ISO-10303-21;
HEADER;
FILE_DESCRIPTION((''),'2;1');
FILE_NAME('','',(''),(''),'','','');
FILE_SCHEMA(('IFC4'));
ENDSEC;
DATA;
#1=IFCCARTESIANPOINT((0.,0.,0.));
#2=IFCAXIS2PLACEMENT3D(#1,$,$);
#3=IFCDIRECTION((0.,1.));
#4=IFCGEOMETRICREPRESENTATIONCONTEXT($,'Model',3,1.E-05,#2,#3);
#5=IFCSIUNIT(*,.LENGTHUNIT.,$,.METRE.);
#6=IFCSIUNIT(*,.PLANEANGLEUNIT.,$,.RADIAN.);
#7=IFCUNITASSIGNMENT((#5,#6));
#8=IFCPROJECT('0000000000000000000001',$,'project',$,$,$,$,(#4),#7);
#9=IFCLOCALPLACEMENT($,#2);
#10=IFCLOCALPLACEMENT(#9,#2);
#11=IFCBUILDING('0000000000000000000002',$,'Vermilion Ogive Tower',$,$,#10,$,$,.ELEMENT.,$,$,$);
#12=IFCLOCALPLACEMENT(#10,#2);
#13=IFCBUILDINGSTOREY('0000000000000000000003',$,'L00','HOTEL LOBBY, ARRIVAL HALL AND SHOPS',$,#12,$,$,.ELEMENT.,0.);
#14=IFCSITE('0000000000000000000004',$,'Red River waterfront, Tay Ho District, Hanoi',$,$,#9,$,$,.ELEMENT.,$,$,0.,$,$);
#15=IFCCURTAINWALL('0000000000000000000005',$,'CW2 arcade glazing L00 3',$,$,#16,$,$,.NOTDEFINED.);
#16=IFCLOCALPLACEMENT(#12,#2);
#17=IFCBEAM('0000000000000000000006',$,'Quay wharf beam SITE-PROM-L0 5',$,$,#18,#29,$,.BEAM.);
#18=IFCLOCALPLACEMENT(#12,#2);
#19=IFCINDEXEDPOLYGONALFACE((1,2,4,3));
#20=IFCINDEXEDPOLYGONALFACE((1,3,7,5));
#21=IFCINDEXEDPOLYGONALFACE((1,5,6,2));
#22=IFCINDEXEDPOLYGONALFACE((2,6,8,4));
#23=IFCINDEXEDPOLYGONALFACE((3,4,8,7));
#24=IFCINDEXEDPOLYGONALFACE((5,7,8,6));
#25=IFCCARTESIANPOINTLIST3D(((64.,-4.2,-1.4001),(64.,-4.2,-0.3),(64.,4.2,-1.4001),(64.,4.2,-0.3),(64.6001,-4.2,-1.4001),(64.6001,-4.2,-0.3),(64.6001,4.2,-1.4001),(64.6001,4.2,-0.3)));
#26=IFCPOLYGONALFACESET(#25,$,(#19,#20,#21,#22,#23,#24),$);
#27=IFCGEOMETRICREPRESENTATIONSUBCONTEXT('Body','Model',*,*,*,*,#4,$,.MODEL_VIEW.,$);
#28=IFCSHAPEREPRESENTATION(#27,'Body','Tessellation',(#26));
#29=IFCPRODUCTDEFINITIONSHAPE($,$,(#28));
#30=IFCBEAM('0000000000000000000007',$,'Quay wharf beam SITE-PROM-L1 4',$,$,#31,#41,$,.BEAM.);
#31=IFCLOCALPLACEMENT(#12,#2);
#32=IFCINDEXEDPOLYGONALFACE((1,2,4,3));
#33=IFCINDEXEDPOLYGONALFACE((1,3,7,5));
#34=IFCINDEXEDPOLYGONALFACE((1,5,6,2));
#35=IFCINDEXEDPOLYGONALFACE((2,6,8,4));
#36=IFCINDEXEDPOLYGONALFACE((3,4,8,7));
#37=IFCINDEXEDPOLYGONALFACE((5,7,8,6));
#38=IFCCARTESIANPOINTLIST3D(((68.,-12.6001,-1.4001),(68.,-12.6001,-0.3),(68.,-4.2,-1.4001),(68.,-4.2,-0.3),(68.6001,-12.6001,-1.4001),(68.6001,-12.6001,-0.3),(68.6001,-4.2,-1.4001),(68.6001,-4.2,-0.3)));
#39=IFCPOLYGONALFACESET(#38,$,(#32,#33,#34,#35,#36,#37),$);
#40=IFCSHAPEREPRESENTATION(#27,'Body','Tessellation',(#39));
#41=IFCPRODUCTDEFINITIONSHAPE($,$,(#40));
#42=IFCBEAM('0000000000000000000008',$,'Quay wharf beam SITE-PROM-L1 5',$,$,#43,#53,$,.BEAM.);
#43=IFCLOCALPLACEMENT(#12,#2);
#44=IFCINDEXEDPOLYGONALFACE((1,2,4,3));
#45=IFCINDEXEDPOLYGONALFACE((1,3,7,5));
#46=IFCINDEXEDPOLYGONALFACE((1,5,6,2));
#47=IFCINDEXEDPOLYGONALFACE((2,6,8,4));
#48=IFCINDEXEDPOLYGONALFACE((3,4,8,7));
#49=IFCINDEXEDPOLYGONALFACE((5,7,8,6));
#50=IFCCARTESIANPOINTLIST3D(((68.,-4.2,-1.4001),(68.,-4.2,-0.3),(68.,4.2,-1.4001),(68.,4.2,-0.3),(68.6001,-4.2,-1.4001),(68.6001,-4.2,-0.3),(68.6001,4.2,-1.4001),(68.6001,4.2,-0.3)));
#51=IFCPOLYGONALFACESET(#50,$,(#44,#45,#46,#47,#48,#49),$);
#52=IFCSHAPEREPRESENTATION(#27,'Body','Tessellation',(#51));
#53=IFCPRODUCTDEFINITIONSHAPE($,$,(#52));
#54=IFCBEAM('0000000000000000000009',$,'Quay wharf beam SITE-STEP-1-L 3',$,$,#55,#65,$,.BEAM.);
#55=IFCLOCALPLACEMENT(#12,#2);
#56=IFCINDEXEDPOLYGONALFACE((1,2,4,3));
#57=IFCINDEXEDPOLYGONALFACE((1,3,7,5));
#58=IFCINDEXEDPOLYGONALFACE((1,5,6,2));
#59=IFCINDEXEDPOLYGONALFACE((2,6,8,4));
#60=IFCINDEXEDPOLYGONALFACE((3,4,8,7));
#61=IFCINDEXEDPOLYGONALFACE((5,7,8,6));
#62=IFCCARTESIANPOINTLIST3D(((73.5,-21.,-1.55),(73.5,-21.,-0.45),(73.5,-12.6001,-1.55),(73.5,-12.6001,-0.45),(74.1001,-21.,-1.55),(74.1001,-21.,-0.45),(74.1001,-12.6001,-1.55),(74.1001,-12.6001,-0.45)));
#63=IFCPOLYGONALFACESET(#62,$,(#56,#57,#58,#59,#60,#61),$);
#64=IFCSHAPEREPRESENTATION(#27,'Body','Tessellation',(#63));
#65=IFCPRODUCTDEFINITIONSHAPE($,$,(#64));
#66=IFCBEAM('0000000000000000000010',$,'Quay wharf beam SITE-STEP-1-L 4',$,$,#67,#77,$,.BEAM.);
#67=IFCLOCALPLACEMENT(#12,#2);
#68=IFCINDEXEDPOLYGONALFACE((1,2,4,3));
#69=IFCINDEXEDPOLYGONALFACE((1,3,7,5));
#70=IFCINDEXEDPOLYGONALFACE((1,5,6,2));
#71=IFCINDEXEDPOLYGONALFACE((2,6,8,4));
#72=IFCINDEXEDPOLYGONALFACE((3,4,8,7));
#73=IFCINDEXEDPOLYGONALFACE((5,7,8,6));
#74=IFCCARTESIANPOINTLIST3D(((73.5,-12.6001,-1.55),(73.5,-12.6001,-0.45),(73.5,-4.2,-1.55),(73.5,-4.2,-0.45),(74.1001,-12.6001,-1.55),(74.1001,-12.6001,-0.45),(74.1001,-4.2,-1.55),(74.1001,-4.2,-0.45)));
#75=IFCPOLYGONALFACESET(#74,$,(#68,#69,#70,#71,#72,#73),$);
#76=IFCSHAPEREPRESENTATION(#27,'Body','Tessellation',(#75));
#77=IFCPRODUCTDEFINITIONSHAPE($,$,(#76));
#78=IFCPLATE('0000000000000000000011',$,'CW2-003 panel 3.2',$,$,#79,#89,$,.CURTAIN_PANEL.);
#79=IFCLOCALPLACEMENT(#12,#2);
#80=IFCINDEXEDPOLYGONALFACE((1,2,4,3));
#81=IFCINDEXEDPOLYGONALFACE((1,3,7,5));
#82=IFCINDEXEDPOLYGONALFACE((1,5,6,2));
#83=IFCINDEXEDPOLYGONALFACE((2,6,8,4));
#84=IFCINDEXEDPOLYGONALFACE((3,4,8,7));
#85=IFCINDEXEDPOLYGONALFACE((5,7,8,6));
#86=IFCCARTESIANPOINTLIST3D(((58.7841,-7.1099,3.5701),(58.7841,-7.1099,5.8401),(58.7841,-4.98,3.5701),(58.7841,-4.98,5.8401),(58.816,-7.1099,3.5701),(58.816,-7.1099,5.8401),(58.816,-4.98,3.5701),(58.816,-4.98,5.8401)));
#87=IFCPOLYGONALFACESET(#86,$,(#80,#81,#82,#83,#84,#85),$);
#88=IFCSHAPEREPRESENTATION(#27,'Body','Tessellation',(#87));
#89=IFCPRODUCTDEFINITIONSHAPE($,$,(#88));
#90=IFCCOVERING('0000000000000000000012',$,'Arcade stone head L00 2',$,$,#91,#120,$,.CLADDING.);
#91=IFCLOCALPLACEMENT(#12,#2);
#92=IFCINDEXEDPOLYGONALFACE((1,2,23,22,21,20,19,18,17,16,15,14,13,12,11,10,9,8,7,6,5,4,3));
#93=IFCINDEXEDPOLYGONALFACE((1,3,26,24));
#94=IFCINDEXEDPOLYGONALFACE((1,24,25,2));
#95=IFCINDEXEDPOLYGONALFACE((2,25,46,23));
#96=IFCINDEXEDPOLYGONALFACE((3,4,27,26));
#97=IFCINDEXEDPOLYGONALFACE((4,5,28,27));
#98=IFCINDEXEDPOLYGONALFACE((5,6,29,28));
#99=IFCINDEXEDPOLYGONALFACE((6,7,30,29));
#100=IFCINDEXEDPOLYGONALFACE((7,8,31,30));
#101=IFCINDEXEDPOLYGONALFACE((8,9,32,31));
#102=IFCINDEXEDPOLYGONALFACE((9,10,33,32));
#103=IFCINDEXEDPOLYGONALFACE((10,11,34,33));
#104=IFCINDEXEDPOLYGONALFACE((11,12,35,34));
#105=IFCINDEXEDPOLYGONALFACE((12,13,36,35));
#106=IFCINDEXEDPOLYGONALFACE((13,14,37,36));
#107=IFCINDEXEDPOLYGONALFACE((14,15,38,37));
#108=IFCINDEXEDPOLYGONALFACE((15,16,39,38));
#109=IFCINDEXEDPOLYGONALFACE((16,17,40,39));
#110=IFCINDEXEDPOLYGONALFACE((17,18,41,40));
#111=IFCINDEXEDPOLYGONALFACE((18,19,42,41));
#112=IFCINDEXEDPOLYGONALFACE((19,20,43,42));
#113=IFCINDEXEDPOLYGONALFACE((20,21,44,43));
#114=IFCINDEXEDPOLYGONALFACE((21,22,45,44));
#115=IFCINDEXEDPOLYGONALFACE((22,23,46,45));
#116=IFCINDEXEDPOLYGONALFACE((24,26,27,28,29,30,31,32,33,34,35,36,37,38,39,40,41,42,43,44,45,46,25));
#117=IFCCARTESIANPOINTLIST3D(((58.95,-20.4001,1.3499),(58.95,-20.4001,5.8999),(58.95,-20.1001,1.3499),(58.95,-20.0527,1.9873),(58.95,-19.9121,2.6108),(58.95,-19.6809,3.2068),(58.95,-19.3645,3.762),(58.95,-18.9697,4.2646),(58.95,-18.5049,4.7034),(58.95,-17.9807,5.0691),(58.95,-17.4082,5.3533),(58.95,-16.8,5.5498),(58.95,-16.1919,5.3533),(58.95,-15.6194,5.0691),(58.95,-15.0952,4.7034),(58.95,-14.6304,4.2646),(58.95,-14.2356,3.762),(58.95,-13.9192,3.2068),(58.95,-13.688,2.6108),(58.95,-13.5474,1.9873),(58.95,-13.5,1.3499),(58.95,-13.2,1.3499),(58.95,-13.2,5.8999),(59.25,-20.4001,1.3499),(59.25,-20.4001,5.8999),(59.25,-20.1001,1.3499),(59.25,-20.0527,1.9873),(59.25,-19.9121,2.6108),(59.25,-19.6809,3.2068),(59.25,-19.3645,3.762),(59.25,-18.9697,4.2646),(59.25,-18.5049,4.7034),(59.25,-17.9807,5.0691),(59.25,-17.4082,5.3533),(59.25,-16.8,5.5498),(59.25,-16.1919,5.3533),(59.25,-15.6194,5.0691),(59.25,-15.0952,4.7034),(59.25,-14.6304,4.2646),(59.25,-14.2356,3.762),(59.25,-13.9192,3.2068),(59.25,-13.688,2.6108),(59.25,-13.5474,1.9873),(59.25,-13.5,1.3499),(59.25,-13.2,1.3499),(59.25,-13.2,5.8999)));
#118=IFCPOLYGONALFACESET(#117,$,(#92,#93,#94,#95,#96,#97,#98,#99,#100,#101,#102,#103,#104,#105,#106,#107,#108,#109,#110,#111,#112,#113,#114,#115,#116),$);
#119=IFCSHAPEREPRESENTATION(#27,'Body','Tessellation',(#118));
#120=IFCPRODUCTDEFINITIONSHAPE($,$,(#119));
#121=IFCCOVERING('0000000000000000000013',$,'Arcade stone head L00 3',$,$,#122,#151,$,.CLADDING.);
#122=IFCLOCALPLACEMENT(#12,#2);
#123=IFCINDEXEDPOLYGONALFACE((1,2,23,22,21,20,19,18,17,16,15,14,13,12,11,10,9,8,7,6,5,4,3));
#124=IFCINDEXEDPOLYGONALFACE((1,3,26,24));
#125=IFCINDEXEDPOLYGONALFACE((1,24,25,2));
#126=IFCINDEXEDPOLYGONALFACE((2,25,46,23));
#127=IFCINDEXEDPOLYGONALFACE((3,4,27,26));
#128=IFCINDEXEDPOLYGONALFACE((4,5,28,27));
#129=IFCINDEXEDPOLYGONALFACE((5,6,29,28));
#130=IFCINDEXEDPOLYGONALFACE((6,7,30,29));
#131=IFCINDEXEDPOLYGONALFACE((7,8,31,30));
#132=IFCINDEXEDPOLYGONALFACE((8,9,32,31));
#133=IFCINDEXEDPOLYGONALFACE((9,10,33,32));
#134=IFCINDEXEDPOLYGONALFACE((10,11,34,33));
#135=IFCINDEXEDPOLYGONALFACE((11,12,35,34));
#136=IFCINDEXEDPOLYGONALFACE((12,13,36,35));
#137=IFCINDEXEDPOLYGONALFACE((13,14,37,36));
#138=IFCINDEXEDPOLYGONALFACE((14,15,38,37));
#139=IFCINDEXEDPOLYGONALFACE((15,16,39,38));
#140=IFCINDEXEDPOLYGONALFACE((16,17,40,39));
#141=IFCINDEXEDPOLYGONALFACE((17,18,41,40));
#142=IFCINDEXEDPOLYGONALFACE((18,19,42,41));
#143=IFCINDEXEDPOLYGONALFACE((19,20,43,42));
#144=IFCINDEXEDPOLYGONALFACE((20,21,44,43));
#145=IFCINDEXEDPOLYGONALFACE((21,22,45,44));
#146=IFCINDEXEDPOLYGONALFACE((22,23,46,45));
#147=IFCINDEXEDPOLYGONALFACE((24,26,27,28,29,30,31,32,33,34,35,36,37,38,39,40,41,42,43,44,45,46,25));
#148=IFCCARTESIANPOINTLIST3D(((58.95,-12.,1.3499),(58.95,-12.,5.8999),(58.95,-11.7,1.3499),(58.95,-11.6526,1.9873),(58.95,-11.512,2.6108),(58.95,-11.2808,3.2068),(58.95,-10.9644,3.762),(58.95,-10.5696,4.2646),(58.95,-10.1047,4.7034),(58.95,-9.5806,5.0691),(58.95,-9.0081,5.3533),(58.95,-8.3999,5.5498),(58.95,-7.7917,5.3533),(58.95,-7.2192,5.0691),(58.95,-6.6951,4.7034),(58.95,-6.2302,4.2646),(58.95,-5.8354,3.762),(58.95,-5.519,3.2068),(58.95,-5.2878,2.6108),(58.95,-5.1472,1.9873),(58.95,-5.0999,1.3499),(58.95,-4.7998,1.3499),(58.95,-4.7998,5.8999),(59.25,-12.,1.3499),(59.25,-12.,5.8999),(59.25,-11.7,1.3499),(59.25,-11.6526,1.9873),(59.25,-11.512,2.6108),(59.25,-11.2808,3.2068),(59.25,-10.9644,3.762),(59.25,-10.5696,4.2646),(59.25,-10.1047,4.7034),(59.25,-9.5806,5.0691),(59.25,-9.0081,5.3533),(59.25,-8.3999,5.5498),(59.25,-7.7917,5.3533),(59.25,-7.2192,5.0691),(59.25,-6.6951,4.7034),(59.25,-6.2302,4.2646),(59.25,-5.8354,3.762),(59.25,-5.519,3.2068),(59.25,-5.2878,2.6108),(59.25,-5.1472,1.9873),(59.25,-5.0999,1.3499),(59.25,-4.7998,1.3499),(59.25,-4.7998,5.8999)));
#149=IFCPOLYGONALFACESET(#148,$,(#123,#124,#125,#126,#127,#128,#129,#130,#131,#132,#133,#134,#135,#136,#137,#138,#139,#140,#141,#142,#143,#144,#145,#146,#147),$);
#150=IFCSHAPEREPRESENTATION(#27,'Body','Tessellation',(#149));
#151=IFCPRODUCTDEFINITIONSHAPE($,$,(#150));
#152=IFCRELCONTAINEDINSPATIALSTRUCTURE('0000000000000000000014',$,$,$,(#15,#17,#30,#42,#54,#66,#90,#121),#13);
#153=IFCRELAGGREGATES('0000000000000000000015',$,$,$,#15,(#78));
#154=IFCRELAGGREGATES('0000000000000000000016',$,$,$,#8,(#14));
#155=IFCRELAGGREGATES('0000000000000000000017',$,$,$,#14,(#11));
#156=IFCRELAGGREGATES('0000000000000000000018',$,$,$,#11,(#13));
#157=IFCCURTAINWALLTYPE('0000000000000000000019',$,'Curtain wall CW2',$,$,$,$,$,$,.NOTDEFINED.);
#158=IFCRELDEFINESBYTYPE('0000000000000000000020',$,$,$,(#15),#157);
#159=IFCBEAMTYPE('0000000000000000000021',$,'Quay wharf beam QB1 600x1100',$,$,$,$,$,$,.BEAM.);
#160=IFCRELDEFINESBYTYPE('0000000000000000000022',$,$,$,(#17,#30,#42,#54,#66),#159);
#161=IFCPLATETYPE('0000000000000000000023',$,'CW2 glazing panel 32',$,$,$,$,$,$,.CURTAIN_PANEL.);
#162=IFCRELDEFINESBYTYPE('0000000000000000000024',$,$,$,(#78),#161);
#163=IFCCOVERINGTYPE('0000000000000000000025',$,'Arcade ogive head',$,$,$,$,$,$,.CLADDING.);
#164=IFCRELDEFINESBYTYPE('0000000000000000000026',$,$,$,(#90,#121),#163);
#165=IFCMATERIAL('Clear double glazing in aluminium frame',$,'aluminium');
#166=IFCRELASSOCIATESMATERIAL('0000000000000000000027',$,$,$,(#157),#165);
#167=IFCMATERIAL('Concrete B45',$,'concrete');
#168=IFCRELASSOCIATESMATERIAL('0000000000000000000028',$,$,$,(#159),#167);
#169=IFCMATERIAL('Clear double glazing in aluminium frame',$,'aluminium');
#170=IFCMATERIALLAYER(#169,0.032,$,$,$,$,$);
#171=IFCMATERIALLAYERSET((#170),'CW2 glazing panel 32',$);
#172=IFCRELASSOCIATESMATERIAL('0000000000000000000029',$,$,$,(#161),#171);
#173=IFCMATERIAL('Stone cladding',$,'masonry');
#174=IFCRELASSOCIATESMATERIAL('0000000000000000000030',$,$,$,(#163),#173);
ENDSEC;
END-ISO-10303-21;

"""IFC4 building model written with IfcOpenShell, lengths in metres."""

from ifc_helpers import new_model, si_unit, direction, frame, origin, origin_2d, place, context, subcontext, project, spatial, polyline, rectangle, outline, extrude, material, layer, layer_set, material_profile, profile_set, type_object, element, aggregate, save


model = new_model("IFC4")

# Units and contexts
model_context = context("Model", 3, precision=1e-05, world=origin(), true_north=direction((0.0, 1.0)))
body_context = subcontext(model_context, "Body", "Model", "MODEL_VIEW")
ifc_project = project(units=[si_unit("LENGTHUNIT", "METRE"), si_unit("PLANEANGLEUNIT", "RADIAN")], contexts=[model_context])

# Site, building, storey
site_placement = place(None, origin())
site = spatial("IfcSite", under=ifc_project, at=site_placement, Name="Red River waterfront, Tay Ho District, Hanoi", CompositionType="ELEMENT", RefElevation=0.0)
building_placement = place(site_placement, origin())
building = spatial("IfcBuilding", under=site, at=building_placement, Name="Vermilion Ogive Tower", CompositionType="ELEMENT")
storey_placement = place(building_placement, origin())
storey = spatial("IfcBuildingStorey", under=building, at=storey_placement, Name="L00", Description="HOTEL LOBBY, ARRIVAL HALL AND SHOPS", CompositionType="ELEMENT", Elevation=0.0)

# Curtain wall
ifc_material_1 = material(Name="Clear double glazing in aluminium frame", Category="aluminium")
curtain_wall_type = type_object("IfcCurtainWallType", Name="Curtain wall CW2", PredefinedType="NOTDEFINED", material=ifc_material_1)
curtain_wall_placement = place(storey_placement, origin())
curtain_wall = element("IfcCurtainWall", 1, at=curtain_wall_placement, inside=storey, type_object=curtain_wall_type, Name="CW2 arcade glazing L00 3", PredefinedType="NOTDEFINED")

# Beams
ifc_material_2 = material(Name="Concrete B45", Category="concrete")
ifc_material_profile_1 = material_profile(ifc_material_2, rectangle(XDim=0.6001, YDim=1.1001, at=origin_2d()), Name="RC 600x1100")
ifc_profile_set_1 = profile_set([ifc_material_profile_1], Name="Concrete B45")
beam_type_1 = type_object("IfcBeamType", Name="Quay wharf beam QB1 600x1100", PredefinedType="BEAM", material=ifc_profile_set_1)
beam_1_placement = place(storey_placement, frame((64.3, -4.2, -0.8501), z_axis=(0.0, 1.0, 0.0), x_axis=(-1.0, 0.0, 0.0)))
element("IfcBeam", 2, at=beam_1_placement, inside=storey, type_object=beam_type_1, Name="Quay wharf beam SITE-PROM-L0 5", PredefinedType="BEAM", context=body_context, shape_type="SweptSolid", body=[
    extrude(rectangle(XDim=0.6001, YDim=1.1001, at=origin_2d()), origin(), (0.0, 0.0, 1.0), 8.3999),
])
beam_2_placement = place(storey_placement, frame((68.3, -12.6001, -0.8501), z_axis=(0.0, 1.0, 0.0), x_axis=(-1.0, 0.0, 0.0)))
element("IfcBeam", 3, at=beam_2_placement, inside=storey, type_object=beam_type_1, Name="Quay wharf beam SITE-PROM-L1 4", PredefinedType="BEAM", context=body_context, shape_type="SweptSolid", body=[
    extrude(rectangle(XDim=0.6001, YDim=1.1001, at=origin_2d()), origin(), (0.0, 0.0, 1.0), 8.4001),
])
for number, where, z_axis, x_axis, name in (
    (4, (68.3, -4.2, -0.8501), (0.0, 1.0, 0.0), (-1.0, 0.0, 0.0), "Quay wharf beam SITE-PROM-L1 5"),
    (5, (73.8, -21.0, -1.0), (0.0, 1.0, 0.0), (-1.0, 0.0, 0.0), "Quay wharf beam SITE-STEP-1-L 3"),
):
    element("IfcBeam", number, at=place(storey_placement, frame(where, z_axis=z_axis, x_axis=x_axis)), inside=storey, type_object=beam_type_1, Name=name, PredefinedType="BEAM", context=body_context, shape_type="SweptSolid", body=[
        extrude(rectangle(XDim=0.6001, YDim=1.1001, at=origin_2d()), origin(), (0.0, 0.0, 1.0), 8.3999),
    ])
beam_3_placement = place(storey_placement, frame((73.8, -12.6001, -1.0), z_axis=(0.0, 1.0, 0.0), x_axis=(-1.0, 0.0, 0.0)))
element("IfcBeam", 6, at=beam_3_placement, inside=storey, type_object=beam_type_1, Name="Quay wharf beam SITE-STEP-1-L 4", PredefinedType="BEAM", context=body_context, shape_type="SweptSolid", body=[
    extrude(rectangle(XDim=0.6001, YDim=1.1001, at=origin_2d()), origin(), (0.0, 0.0, 1.0), 8.4001),
])

# Plate
ifc_material_3 = material(Name="Clear double glazing in aluminium frame", Category="aluminium")
ifc_layer = layer(ifc_material_3, 0.032)
ifc_layer_set = layer_set([ifc_layer], Name="CW2 glazing panel 32")
plate_type = type_object("IfcPlateType", Name="CW2 glazing panel 32", PredefinedType="CURTAIN_PANEL", material=ifc_layer_set)
plate_placement = place(storey_placement, frame((58.8, -6.0449, 3.5701), z_axis=(0.0, 0.0, 1.0), x_axis=(0.0, 1.0, 0.0)))
plate = element("IfcPlate", 7, at=plate_placement, type_object=plate_type, Name="CW2-003 panel 3.2", PredefinedType="CURTAIN_PANEL", context=body_context, shape_type="SweptSolid", body=[
    extrude(rectangle(XDim=2.1299, YDim=0.032, at=origin_2d()), origin(), (0.0, 0.0, 1.0), 2.27),
])
aggregate(curtain_wall, [plate])

# Coverings
ifc_material_4 = material(Name="Stone cladding", Category="masonry")
covering_type = type_object("IfcCoveringType", Name="Arcade ogive head", PredefinedType="CLADDING", material=ifc_material_4)
for number, where, z_axis, x_axis, name in (
    (8, (58.95, -16.8, 5.8999), (1.0, 0.0, 0.0), (0.0, 1.0, 0.0), "Arcade stone head L00 2"),
    (9, (58.95, -8.3999, 5.8999), (1.0, 0.0, 0.0), (0.0, 1.0, 0.0), "Arcade stone head L00 3"),
):
    element("IfcCovering", number, at=place(storey_placement, frame(where, z_axis=z_axis, x_axis=x_axis)), inside=storey, type_object=covering_type, Name=name, PredefinedType="CLADDING", context=body_context, shape_type="SweptSolid", body=[
        extrude(outline(polyline([(-3.3, -4.55), (-3.2527, -3.9126), (-3.1121, -3.2891), (-2.8809, -2.6931), (-2.5645, -2.1379), (-2.1697, -1.6353), (-1.7048, -1.1965), (-1.1807, -0.8308), (-0.6082, -0.5466), (0.0, -0.3501), (0.6082, -0.5466), (1.1807, -0.8308), (1.7048, -1.1965), (2.1697, -1.6353), (2.5645, -2.1379), (2.8809, -2.6931), (3.1121, -3.2891), (3.2527, -3.9126), (3.3, -4.55), (3.6001, -4.55), (3.6001, 0.0), (-3.6001, 0.0), (-3.6001, -4.55), (-3.3, -4.55)])), origin(), (0.0, 0.0, 1.0), 0.3),
    ])

save(model, "model.ifc")
